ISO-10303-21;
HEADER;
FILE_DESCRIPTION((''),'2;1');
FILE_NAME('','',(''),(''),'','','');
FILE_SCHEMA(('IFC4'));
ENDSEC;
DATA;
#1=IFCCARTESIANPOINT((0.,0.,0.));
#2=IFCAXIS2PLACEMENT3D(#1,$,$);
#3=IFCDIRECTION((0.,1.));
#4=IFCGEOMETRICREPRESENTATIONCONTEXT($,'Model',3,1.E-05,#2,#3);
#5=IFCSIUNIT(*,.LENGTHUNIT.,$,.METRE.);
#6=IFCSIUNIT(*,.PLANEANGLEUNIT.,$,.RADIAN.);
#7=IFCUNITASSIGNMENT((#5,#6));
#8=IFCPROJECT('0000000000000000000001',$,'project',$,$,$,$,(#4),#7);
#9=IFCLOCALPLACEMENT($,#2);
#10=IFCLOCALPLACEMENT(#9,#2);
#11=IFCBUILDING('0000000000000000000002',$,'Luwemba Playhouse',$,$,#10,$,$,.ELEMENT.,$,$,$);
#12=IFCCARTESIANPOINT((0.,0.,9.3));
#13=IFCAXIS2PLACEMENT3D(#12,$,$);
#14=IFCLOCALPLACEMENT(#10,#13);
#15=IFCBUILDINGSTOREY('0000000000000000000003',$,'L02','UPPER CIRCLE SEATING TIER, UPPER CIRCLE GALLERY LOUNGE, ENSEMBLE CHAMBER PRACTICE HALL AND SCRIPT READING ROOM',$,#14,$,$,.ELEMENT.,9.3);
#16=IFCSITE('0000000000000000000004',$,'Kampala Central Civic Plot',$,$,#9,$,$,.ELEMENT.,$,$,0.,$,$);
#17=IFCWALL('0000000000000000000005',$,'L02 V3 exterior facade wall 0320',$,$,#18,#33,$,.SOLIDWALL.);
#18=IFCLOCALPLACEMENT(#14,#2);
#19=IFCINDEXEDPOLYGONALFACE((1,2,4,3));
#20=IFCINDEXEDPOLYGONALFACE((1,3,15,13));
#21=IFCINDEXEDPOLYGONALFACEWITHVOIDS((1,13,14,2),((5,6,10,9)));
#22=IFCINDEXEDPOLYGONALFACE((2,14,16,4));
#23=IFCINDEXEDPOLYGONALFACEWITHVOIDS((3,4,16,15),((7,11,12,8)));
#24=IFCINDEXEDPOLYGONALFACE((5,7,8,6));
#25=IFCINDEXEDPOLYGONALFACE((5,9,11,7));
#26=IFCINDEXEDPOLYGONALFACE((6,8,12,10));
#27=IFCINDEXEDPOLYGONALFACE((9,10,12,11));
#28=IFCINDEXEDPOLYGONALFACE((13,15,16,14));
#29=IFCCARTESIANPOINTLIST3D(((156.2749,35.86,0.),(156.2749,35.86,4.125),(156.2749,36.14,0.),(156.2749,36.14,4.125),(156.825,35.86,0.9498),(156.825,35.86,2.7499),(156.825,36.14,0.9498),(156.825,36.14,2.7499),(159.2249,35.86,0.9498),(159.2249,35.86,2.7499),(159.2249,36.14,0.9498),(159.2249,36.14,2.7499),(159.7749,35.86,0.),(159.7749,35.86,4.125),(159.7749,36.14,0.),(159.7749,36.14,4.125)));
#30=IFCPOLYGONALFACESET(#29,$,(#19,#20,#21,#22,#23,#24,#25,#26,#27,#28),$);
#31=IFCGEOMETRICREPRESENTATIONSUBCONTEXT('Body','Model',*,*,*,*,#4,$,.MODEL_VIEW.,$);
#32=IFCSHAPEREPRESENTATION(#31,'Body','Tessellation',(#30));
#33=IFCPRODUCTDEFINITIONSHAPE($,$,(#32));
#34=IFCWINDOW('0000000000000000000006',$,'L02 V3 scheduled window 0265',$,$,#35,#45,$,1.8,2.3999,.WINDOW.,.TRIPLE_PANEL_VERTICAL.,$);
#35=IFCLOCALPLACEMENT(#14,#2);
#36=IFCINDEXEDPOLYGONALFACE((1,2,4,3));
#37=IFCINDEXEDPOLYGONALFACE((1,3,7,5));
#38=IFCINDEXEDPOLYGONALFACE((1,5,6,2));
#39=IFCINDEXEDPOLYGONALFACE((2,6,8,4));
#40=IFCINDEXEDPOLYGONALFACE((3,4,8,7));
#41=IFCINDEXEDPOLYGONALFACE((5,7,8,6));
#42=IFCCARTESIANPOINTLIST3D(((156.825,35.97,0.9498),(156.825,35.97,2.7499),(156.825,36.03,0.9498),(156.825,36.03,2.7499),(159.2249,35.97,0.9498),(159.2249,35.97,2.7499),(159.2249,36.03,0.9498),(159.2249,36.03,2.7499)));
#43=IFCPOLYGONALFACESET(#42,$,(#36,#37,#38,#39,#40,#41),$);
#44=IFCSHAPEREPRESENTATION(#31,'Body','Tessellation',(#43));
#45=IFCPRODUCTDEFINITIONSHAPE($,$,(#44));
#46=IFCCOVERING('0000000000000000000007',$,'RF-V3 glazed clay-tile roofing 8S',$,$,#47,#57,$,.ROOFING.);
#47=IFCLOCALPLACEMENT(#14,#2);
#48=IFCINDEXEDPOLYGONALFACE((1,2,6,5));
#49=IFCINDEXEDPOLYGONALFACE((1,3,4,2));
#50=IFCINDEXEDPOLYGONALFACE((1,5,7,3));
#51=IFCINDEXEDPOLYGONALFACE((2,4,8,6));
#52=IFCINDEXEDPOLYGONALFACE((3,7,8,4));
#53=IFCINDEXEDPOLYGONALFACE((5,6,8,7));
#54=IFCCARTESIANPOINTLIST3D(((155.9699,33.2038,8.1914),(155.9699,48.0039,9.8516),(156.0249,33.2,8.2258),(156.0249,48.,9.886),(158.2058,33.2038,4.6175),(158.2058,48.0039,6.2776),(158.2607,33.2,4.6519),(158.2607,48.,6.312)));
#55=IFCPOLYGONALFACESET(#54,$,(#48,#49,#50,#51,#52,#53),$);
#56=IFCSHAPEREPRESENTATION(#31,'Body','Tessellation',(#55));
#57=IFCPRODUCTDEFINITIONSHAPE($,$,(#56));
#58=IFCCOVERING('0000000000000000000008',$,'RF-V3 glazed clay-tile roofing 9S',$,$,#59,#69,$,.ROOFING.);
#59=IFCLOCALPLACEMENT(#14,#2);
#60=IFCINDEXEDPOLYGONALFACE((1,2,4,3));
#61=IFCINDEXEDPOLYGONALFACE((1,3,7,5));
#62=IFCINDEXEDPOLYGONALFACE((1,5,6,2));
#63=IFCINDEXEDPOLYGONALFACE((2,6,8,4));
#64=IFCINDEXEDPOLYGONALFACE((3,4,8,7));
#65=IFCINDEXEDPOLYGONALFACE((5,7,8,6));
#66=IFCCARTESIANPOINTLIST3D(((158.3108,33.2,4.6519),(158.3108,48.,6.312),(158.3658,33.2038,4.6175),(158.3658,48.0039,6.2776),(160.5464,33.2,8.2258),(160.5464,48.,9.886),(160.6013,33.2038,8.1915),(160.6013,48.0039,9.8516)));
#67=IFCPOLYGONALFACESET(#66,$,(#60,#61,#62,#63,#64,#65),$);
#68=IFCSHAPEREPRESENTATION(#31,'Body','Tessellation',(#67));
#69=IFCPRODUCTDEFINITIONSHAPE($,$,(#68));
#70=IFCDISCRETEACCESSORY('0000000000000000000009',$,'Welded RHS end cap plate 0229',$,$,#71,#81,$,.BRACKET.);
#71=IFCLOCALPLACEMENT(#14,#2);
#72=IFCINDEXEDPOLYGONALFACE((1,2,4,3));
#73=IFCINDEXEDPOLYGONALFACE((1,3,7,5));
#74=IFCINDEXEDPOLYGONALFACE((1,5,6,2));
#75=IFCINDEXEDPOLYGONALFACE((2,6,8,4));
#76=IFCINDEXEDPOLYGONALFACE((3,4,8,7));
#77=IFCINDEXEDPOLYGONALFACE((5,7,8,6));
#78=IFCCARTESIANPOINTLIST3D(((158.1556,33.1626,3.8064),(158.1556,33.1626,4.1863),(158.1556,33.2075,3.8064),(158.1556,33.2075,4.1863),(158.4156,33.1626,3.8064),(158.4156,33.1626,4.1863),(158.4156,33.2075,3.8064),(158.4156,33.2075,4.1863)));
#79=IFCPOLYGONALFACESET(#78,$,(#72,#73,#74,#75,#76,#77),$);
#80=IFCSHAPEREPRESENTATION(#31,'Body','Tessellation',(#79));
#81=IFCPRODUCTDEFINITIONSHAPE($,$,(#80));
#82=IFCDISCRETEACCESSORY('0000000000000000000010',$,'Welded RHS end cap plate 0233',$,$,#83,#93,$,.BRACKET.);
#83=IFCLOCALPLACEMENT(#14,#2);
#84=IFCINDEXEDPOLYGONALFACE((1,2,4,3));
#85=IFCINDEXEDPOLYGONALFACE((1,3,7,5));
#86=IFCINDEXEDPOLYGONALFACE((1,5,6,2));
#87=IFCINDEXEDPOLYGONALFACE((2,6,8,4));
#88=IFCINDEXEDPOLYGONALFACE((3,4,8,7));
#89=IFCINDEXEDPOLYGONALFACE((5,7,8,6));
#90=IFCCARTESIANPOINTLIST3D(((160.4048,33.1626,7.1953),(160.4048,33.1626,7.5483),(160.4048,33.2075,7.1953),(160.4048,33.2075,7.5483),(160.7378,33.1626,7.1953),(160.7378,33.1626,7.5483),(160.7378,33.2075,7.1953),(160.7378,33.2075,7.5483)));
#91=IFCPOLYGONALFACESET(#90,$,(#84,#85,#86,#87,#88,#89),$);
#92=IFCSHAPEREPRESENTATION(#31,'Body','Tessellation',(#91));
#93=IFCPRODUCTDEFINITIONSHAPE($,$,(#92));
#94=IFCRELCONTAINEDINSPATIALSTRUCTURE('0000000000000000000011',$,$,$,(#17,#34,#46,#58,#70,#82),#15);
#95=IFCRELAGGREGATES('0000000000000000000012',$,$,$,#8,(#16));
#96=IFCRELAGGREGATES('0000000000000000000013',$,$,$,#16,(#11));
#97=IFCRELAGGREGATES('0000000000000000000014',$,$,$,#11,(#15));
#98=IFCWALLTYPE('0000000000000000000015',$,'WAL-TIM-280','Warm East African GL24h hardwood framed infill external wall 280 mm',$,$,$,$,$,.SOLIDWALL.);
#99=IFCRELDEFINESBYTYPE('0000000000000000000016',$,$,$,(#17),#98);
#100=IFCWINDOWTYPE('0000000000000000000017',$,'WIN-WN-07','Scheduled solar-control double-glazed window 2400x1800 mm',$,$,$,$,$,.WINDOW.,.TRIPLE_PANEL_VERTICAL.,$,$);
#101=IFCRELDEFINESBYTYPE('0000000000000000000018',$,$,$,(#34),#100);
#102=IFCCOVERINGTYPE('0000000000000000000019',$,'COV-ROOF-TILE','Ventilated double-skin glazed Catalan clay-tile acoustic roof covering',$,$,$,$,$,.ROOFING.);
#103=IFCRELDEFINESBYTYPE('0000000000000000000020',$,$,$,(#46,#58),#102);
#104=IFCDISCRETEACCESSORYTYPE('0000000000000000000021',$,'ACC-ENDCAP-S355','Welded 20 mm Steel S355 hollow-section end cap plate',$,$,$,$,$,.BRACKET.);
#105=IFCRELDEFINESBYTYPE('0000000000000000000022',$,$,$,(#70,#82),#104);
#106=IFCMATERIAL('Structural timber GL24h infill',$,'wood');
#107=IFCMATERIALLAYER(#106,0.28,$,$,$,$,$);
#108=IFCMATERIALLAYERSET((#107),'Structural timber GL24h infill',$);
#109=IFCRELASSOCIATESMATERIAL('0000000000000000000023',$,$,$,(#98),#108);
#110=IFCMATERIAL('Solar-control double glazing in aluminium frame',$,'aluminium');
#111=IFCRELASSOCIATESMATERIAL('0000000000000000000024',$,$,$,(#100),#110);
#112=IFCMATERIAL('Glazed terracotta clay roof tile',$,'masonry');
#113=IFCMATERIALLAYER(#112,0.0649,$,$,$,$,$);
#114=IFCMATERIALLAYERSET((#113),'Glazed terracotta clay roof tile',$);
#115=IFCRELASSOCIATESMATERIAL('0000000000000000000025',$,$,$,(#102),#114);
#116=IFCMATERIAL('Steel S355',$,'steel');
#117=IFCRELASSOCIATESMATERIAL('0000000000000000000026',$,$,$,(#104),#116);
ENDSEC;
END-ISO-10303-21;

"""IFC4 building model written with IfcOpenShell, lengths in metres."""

from ifc_helpers import new_model, si_unit, direction, frame, frame_2d, origin, origin_2d, place, context, subcontext, project, spatial, polyline, rectangle, outline, extrude, material, layer, layer_set, type_object, element, fill, save


model = new_model("IFC4")

# Units and contexts
model_context = context("Model", 3, precision=1e-05, world=origin(), true_north=direction((0.0, 1.0)))
body_context = subcontext(model_context, "Body", "Model", "MODEL_VIEW")
ifc_project = project(units=[si_unit("LENGTHUNIT", "METRE"), si_unit("PLANEANGLEUNIT", "RADIAN")], contexts=[model_context])

# Site, building, storey
site_placement = place(None, origin())
site = spatial("IfcSite", under=ifc_project, at=site_placement, Name="Kampala Central Civic Plot", CompositionType="ELEMENT", RefElevation=0.0)
building_placement = place(site_placement, origin())
building = spatial("IfcBuilding", under=site, at=building_placement, Name="Luwemba Playhouse", CompositionType="ELEMENT")
storey_placement = place(building_placement, frame((0.0, 0.0, 9.3)))
storey = spatial("IfcBuildingStorey", under=building, at=storey_placement, Name="L02", Description="UPPER CIRCLE SEATING TIER, UPPER CIRCLE GALLERY LOUNGE, ENSEMBLE CHAMBER PRACTICE HALL AND SCRIPT READING ROOM", CompositionType="ELEMENT", Elevation=9.3)

# Shared definitions
ifc_material_1 = material(Name="Steel S355", Category="steel")

# Wall, opening, window
ifc_material_2 = material(Name="Structural timber GL24h infill", Category="wood")
ifc_layer_1 = layer(ifc_material_2, 0.28)
ifc_layer_set_1 = layer_set([ifc_layer_1], Name="Structural timber GL24h infill")
wall_type_1 = type_object("IfcWallType", Name="WAL-TIM-280", Description="Warm East African GL24h hardwood framed infill external wall 280 mm", PredefinedType="SOLIDWALL", material=ifc_layer_set_1)
wall_1_placement = place(storey_placement, frame((159.7749, 36.0, 0.0), z_axis=(0.0, 0.0, 1.0), x_axis=(-1.0, 0.0, 0.0)))
wall_1 = element("IfcWall", 1, at=wall_1_placement, inside=storey, type_object=wall_type_1, Name="L02 V3 exterior facade wall 0320", PredefinedType="SOLIDWALL", context=body_context, shape_type="SweptSolid", body=[
    extrude(rectangle(XDim=3.5, YDim=0.28, at=frame_2d((1.75, 0.0))), origin(), (0.0, 0.0, 1.0), 4.125),
])
opening_1_placement = place(wall_1_placement, frame((0.55, 0.0, 0.95)))
opening_1 = element("IfcOpeningElement", 2, at=opening_1_placement, cuts=wall_1, PredefinedType="OPENING", context=body_context, shape_type="SweptSolid", body=[
    extrude(rectangle(XDim=2.3999, YDim=1.8, at=frame_2d((1.2, 0.8999))), frame((0.0, 0.1499, 0.0), z_axis=(0.0, -1.0, 0.0), x_axis=(1.0, 0.0, 0.0)), (0.0, 0.0, 1.0), 0.3),
])
ifc_material_3 = material(Name="Solar-control double glazing in aluminium frame", Category="aluminium")
window_type = type_object("IfcWindowType", Name="WIN-WN-07", Description="Scheduled solar-control double-glazed window 2400x1800 mm", PartitioningType="TRIPLE_PANEL_VERTICAL", PredefinedType="WINDOW", material=ifc_material_3)
window_placement = place(opening_1_placement, origin())
window = element("IfcWindow", 3, at=window_placement, inside=storey, type_object=window_type, Name="L02 V3 scheduled window 0265", OverallHeight=1.8, OverallWidth=2.3999, PartitioningType="TRIPLE_PANEL_VERTICAL", PredefinedType="WINDOW", context=body_context, shape_type="SweptSolid", body=[
    extrude(rectangle(XDim=2.3999, YDim=1.8, at=frame_2d((1.2, 0.8999))), frame((0.0, 0.03, 0.0), z_axis=(0.0, -1.0, 0.0), x_axis=(1.0, 0.0, 0.0)), (0.0, 0.0, 1.0), 0.0601),
])
fill(opening_1, window)

# Coverings
ifc_material_4 = material(Name="Glazed terracotta clay roof tile", Category="masonry")
ifc_layer_2 = layer(ifc_material_4, 0.0649)
ifc_layer_set_2 = layer_set([ifc_layer_2], Name="Glazed terracotta clay roof tile")
covering_type = type_object("IfcCoveringType", Name="COV-ROOF-TILE", Description="Ventilated double-skin glazed Catalan clay-tile acoustic roof covering", PredefinedType="ROOFING", material=ifc_layer_set_2)
covering_1_placement = place(storey_placement, frame((156.0249, 33.2, 8.2258), z_axis=(0.846277, -0.059387, 0.529422), x_axis=(0.530358, 0.0, -0.847774)))
element("IfcCovering", 4, at=covering_1_placement, inside=storey, type_object=covering_type, Name="RF-V3 glazed clay-tile roofing 8S", PredefinedType="ROOFING", context=body_context, shape_type="SweptSolid", body=[
    extrude(outline(polyline([(0.0, 0.0), (4.2157, 0.0), (2.8083, 14.8262), (-1.4074, 14.8262), (0.0, 0.0)])), origin(), (0.0, 0.0, -1.0), 0.0649),
])
covering_2_placement = place(storey_placement, frame((158.3108, 33.2, 4.6519), z_axis=(-0.846304, -0.059382, 0.529381), x_axis=(0.530316, 0.0, 0.8478)))
element("IfcCovering", 5, at=covering_2_placement, inside=storey, type_object=covering_type, Name="RF-V3 glazed clay-tile roofing 9S", PredefinedType="ROOFING", context=body_context, shape_type="SweptSolid", body=[
    extrude(outline(polyline([(0.0, 0.0), (4.2156, 0.0), (5.6231, 14.8262), (1.4075, 14.8262), (0.0, 0.0)])), origin(), (0.0, 0.0, -1.0), 0.0649),
])

# Discrete accessories
discrete_accessory_type = type_object("IfcDiscreteAccessoryType", Name="ACC-ENDCAP-S355", Description="Welded 20 mm Steel S355 hollow-section end cap plate", PredefinedType="BRACKET", material=ifc_material_1)
discrete_accessory_1_placement = place(storey_placement, frame((158.2856, 33.1851, 3.8064), z_axis=(0.0, 0.0, 1.0), x_axis=(1.0, 0.0, 0.0)))
element("IfcDiscreteAccessory", 6, at=discrete_accessory_1_placement, inside=storey, type_object=discrete_accessory_type, Name="Welded RHS end cap plate 0229", PredefinedType="BRACKET", context=body_context, shape_type="SweptSolid", body=[
    extrude(rectangle(XDim=0.26, YDim=0.0449, at=origin_2d()), origin(), (0.0, 0.0, 1.0), 0.3799),
])
discrete_accessory_2_placement = place(storey_placement, frame((160.5713, 33.1851, 7.1953), z_axis=(0.0, 0.0, 1.0), x_axis=(1.0, 0.0, 0.0)))
element("IfcDiscreteAccessory", 7, at=discrete_accessory_2_placement, inside=storey, type_object=discrete_accessory_type, Name="Welded RHS end cap plate 0233", PredefinedType="BRACKET", context=body_context, shape_type="SweptSolid", body=[
    extrude(rectangle(XDim=0.333, YDim=0.0449, at=origin_2d()), origin(), (0.0, 0.0, 1.0), 0.353),
])

save(model, "model.ifc")
